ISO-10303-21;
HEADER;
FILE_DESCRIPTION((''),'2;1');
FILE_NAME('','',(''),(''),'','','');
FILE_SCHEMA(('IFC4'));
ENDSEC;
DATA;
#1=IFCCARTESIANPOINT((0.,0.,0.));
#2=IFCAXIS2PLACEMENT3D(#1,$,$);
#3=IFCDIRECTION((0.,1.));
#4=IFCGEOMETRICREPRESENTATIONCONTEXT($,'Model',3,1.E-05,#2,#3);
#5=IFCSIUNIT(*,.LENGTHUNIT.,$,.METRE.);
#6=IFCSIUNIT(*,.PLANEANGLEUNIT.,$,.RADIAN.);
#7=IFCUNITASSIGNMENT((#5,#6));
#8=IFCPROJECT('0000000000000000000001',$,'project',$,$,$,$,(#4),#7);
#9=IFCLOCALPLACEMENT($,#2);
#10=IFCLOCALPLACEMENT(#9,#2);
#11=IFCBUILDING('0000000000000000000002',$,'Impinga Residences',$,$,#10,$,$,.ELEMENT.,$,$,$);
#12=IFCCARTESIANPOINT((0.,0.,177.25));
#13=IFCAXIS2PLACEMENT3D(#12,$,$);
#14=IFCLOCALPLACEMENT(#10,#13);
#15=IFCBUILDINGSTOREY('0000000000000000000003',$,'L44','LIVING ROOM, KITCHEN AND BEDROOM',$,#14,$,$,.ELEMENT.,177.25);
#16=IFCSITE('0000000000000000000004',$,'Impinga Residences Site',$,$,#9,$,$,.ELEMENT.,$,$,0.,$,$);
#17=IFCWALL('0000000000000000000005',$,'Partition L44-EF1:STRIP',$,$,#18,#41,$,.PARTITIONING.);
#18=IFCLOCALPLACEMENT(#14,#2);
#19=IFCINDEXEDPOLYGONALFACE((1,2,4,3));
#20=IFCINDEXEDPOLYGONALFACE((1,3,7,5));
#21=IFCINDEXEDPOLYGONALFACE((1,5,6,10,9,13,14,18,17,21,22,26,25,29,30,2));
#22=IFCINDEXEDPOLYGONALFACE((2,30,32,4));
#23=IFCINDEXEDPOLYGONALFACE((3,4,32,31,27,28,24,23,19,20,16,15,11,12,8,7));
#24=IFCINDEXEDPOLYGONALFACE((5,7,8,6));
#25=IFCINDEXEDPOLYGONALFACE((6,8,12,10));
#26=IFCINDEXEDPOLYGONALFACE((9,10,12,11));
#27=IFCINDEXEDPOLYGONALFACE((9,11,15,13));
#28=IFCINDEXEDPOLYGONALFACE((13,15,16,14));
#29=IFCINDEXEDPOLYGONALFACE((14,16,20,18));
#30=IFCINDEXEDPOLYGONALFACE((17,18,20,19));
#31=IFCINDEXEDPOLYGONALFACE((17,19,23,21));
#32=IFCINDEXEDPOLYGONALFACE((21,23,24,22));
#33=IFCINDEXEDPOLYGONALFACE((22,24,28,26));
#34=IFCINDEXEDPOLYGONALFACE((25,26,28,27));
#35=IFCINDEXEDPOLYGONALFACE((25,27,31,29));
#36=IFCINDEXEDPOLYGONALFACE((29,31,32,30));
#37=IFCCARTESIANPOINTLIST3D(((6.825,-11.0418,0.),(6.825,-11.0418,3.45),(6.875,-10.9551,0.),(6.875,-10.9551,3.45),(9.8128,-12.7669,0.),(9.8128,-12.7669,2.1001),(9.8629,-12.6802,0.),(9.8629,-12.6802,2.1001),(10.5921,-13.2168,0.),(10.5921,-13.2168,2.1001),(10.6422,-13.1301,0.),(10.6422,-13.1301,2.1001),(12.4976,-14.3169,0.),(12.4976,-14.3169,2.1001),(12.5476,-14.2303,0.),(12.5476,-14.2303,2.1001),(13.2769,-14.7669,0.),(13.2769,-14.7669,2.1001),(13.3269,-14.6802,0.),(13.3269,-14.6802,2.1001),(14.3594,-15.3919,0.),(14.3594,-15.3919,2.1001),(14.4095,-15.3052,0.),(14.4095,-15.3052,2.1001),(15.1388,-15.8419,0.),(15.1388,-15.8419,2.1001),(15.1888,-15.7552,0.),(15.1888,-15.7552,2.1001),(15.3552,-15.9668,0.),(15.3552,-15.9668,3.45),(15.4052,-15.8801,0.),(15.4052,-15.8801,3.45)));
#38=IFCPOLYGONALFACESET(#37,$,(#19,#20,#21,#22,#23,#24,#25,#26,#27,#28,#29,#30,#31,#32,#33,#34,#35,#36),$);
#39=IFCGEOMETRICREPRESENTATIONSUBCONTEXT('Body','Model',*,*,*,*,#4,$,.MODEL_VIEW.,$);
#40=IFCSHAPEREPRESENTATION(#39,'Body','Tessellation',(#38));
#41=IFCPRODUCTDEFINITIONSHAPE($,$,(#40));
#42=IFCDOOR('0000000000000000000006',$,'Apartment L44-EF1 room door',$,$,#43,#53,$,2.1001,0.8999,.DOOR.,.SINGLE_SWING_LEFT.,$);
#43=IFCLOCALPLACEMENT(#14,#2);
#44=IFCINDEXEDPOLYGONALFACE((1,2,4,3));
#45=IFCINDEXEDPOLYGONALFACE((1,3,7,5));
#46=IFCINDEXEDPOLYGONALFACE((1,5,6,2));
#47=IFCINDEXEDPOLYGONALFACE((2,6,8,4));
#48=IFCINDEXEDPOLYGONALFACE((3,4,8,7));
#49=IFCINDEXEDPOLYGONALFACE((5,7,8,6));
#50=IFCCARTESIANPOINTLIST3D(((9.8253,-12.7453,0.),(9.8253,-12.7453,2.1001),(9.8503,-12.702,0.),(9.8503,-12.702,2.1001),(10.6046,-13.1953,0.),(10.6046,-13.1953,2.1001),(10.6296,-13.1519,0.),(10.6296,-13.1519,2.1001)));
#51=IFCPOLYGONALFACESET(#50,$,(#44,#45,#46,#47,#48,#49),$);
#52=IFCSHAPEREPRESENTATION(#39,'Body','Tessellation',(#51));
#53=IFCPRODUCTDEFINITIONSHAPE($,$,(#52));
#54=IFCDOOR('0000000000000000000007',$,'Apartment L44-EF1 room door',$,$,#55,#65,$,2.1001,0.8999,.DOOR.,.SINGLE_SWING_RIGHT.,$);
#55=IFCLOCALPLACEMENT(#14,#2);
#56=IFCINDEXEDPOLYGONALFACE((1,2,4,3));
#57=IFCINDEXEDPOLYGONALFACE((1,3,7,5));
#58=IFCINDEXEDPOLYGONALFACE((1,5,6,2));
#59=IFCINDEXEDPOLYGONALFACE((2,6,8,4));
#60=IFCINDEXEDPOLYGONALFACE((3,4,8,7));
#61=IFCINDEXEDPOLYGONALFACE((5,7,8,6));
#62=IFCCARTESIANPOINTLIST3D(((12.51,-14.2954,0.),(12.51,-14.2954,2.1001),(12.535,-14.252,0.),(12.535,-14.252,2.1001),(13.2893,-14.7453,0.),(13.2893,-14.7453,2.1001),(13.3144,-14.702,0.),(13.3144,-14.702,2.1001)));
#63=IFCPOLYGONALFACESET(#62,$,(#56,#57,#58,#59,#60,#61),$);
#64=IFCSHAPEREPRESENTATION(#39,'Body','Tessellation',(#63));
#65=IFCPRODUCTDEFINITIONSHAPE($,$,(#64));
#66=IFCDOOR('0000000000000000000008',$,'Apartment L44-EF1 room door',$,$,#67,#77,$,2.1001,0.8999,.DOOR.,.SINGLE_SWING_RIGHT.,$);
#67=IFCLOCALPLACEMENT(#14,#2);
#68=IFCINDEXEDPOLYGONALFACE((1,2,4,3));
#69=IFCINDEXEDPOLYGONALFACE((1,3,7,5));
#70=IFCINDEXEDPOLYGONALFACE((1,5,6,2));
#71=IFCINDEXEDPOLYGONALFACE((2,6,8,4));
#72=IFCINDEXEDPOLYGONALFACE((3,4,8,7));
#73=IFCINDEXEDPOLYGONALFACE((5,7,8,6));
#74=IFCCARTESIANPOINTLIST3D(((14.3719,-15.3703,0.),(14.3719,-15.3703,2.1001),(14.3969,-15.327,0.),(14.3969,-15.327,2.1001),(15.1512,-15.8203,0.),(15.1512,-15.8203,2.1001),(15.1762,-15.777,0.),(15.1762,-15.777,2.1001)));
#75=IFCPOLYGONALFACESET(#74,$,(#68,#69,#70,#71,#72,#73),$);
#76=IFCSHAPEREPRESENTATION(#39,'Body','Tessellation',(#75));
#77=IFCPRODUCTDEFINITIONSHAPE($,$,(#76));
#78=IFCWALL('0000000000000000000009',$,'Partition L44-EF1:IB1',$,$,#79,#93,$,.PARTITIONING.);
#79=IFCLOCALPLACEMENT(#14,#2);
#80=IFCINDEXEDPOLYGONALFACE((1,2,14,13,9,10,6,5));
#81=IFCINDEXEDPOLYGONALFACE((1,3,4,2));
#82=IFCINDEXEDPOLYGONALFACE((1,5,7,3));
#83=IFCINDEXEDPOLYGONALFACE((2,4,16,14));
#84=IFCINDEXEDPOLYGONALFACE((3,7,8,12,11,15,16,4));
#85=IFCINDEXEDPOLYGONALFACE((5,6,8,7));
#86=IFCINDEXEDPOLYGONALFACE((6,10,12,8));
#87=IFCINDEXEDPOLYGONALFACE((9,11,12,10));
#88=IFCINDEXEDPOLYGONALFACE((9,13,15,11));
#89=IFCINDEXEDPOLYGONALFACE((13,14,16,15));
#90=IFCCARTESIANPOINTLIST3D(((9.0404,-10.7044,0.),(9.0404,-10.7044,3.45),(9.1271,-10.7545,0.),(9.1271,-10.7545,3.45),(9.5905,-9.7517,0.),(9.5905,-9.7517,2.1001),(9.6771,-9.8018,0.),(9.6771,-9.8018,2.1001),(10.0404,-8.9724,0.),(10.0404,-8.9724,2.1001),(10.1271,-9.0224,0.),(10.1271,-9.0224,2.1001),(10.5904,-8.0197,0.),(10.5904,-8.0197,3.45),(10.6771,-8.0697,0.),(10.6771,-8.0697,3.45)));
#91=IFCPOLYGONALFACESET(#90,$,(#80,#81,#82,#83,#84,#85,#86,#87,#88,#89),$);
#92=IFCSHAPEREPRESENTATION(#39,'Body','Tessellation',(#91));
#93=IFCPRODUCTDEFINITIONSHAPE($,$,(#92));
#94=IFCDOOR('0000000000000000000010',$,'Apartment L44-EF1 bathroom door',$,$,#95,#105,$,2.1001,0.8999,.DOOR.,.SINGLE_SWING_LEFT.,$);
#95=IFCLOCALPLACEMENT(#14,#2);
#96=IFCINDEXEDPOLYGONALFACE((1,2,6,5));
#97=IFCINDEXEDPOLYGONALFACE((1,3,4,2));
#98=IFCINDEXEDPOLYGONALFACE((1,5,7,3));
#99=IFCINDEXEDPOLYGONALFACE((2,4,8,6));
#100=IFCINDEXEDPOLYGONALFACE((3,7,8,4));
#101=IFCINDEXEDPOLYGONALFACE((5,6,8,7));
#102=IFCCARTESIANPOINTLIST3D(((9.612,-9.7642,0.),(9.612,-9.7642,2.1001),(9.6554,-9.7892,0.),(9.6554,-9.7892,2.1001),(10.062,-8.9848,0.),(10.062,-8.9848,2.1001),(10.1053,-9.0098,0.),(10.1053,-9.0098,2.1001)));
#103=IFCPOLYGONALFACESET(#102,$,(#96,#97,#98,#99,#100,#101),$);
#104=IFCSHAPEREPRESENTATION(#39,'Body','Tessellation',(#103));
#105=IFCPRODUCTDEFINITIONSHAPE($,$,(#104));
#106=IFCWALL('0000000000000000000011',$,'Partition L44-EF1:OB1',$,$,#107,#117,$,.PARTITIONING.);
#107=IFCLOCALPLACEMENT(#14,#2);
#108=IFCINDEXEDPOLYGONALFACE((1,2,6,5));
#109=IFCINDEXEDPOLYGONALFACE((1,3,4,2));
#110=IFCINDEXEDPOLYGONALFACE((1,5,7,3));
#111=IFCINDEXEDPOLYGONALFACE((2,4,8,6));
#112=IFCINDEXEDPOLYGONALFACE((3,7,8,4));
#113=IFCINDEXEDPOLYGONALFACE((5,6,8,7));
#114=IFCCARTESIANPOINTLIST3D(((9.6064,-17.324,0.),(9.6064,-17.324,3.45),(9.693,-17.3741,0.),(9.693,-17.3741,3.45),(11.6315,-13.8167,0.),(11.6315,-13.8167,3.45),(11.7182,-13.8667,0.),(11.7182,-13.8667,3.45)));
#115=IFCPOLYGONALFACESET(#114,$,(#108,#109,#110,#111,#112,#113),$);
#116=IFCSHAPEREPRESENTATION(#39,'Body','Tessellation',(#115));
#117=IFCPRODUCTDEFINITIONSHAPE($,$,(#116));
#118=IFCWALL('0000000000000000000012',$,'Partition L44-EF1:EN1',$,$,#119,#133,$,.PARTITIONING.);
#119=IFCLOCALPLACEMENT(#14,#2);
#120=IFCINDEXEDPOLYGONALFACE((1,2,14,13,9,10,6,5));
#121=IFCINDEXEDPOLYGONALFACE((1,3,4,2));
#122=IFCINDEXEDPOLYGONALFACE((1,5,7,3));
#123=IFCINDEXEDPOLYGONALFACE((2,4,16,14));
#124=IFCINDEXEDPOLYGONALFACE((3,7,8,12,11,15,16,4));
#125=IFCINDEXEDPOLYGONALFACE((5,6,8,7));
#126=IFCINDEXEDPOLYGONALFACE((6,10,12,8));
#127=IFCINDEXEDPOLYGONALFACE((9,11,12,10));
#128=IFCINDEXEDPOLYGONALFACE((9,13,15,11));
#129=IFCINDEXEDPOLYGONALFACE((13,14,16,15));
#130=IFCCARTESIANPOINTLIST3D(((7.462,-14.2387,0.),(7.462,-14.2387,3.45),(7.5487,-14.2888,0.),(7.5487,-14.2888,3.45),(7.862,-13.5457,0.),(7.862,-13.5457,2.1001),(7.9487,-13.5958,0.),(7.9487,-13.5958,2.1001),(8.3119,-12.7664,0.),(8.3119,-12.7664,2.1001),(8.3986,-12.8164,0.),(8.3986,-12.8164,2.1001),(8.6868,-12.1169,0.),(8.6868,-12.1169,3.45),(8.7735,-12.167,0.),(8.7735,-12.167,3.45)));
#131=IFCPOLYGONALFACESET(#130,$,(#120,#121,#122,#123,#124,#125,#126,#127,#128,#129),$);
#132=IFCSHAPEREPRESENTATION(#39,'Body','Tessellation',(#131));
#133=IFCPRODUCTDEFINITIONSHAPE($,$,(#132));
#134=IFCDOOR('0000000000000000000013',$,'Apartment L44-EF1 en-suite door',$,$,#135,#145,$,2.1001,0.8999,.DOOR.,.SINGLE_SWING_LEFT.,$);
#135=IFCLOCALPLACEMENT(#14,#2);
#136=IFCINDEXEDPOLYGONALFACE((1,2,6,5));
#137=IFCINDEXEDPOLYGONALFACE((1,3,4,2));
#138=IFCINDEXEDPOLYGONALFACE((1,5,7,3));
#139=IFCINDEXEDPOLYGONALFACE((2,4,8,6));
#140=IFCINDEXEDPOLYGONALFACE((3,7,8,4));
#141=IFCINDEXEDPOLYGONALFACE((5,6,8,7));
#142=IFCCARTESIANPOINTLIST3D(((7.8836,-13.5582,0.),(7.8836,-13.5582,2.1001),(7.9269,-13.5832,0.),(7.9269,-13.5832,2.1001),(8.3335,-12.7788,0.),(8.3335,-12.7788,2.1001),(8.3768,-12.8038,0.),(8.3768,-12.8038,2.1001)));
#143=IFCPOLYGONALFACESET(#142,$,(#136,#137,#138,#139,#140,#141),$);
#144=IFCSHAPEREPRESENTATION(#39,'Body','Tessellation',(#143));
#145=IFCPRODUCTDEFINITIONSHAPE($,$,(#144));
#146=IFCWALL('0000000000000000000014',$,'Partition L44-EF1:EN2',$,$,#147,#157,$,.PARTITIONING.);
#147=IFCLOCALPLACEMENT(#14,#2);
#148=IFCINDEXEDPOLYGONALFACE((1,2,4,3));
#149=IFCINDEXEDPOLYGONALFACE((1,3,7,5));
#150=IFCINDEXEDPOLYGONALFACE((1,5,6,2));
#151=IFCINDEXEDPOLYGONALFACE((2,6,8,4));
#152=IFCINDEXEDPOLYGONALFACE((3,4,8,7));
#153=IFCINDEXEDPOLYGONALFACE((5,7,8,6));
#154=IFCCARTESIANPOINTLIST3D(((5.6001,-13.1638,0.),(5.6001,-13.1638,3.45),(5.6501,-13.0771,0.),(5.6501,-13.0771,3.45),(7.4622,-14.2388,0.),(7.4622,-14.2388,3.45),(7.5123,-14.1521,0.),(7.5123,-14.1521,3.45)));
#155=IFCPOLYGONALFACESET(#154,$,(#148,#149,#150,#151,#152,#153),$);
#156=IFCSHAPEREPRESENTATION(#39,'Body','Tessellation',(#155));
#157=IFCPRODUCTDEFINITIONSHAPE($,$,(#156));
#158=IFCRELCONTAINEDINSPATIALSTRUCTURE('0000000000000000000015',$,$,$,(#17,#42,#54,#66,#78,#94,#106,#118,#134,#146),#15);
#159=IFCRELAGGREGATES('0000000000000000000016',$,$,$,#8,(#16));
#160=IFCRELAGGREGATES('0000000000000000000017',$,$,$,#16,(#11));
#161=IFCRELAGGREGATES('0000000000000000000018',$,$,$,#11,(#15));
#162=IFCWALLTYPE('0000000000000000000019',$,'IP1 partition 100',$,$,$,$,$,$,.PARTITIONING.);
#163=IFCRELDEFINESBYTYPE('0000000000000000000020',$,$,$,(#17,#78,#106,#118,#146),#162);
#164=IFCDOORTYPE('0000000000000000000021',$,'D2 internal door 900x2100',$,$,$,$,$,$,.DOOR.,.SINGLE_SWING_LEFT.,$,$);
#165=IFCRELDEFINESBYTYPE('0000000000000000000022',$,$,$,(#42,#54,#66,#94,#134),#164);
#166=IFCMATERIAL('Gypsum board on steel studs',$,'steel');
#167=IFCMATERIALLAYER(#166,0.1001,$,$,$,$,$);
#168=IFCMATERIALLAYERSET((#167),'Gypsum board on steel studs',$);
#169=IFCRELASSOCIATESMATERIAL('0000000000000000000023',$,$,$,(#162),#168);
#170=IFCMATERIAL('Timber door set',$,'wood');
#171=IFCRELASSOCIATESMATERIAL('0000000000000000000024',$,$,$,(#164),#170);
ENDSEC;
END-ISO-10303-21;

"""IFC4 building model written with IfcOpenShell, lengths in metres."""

from ifc_helpers import new_model, si_unit, direction, frame, frame_2d, origin, place, context, subcontext, project, spatial, rectangle, extrude, material, layer, layer_set, type_object, element, fill, save


model = new_model("IFC4")

# Units and contexts
model_context = context("Model", 3, precision=1e-05, world=origin(), true_north=direction((0.0, 1.0)))
body_context = subcontext(model_context, "Body", "Model", "MODEL_VIEW")
ifc_project = project(units=[si_unit("LENGTHUNIT", "METRE"), si_unit("PLANEANGLEUNIT", "RADIAN")], contexts=[model_context])

# Site, building, storey
site_placement = place(None, origin())
site = spatial("IfcSite", under=ifc_project, at=site_placement, Name="Impinga Residences Site", CompositionType="ELEMENT", RefElevation=0.0)
building_placement = place(site_placement, origin())
building = spatial("IfcBuilding", under=site, at=building_placement, Name="Impinga Residences", CompositionType="ELEMENT")
storey_placement = place(building_placement, frame((0.0, 0.0, 177.25)))
storey = spatial("IfcBuildingStorey", under=building, at=storey_placement, Name="L44", Description="LIVING ROOM, KITCHEN AND BEDROOM", CompositionType="ELEMENT", Elevation=177.25)

# Shared definitions
ifc_material_1 = material(Name="Timber door set", Category="wood")

# Shared definitions
ifc_material_2 = material(Name="Gypsum board on steel studs", Category="steel")
ifc_layer_1 = layer(ifc_material_2, 0.1001)
ifc_layer_set_1 = layer_set([ifc_layer_1], Name="Gypsum board on steel studs")
wall_type_1 = type_object("IfcWallType", Name="IP1 partition 100", PredefinedType="PARTITIONING", material=ifc_layer_set_1)
door_type_1 = type_object("IfcDoorType", Name="D2 internal door 900x2100", OperationType="SINGLE_SWING_LEFT", PredefinedType="DOOR", material=ifc_material_1)

# Wall, openings, doors
wall_1_placement = place(storey_placement, frame((6.8501, -10.9985, 0.0), z_axis=(0.0, 0.0, 1.0), x_axis=(0.866021, -0.500007, 0.0)))
wall_1 = element("IfcWall", 1, at=wall_1_placement, inside=storey, type_object=wall_type_1, Name="Partition L44-EF1:STRIP", PredefinedType="PARTITIONING", context=body_context, shape_type="SweptSolid", body=[
    extrude(rectangle(XDim=9.8499, YDim=0.1001, at=frame_2d((4.9248, 0.0))), origin(), (0.0, 0.0, 1.0), 3.45),
])
opening_1_placement = place(wall_1_placement, frame((3.45, 0.0, 0.0)))
opening_1 = element("IfcOpeningElement", 2, at=opening_1_placement, cuts=wall_1, PredefinedType="OPENING", context=body_context, shape_type="SweptSolid", body=[
    extrude(rectangle(XDim=0.8999, YDim=2.1001, at=frame_2d((0.45, 1.05))), frame((0.0, 0.0601, 0.0), z_axis=(0.0, -1.0, 0.0), x_axis=(1.0, 0.0, 0.0)), (0.0, 0.0, 1.0), 0.1201),
])
opening_2_placement = place(wall_1_placement, frame((6.55, 0.0, 0.0)))
opening_2 = element("IfcOpeningElement", 3, at=opening_2_placement, cuts=wall_1, PredefinedType="OPENING", context=body_context, shape_type="SweptSolid", body=[
    extrude(rectangle(XDim=0.8999, YDim=2.1001, at=frame_2d((0.45, 1.05))), frame((0.0, 0.0601, 0.0), z_axis=(0.0, -1.0, 0.0), x_axis=(1.0, 0.0, 0.0)), (0.0, 0.0, 1.0), 0.1201),
])
opening_3_placement = place(wall_1_placement, frame((8.7, 0.0, 0.0)))
opening_3 = element("IfcOpeningElement", 4, at=opening_3_placement, cuts=wall_1, PredefinedType="OPENING", context=body_context, shape_type="SweptSolid", body=[
    extrude(rectangle(XDim=0.8999, YDim=2.1001, at=frame_2d((0.45, 1.05))), frame((0.0, 0.0601, 0.0), z_axis=(0.0, -1.0, 0.0), x_axis=(1.0, 0.0, 0.0)), (0.0, 0.0, 1.0), 0.1201),
])
door_1_placement = place(opening_1_placement, origin())
door_1 = element("IfcDoor", 5, at=door_1_placement, inside=storey, type_object=door_type_1, Name="Apartment L44-EF1 room door", OperationType="SINGLE_SWING_LEFT", OverallHeight=2.1001, OverallWidth=0.8999, PredefinedType="DOOR", context=body_context, shape_type="SweptSolid", body=[
    extrude(rectangle(XDim=0.8999, YDim=2.1001, at=frame_2d((0.45, 1.05))), frame((0.0, 0.0249, 0.0), z_axis=(0.0, -1.0, 0.0), x_axis=(1.0, 0.0, 0.0)), (0.0, 0.0, 1.0), 0.05),
])
fill(opening_1, door_1)
door_2_placement = place(opening_2_placement, origin())
door_2 = element("IfcDoor", 6, at=door_2_placement, inside=storey, type_object=door_type_1, Name="Apartment L44-EF1 room door", OperationType="SINGLE_SWING_RIGHT", OverallHeight=2.1001, OverallWidth=0.8999, PredefinedType="DOOR", context=body_context, shape_type="SweptSolid", body=[
    extrude(rectangle(XDim=0.8999, YDim=2.1001, at=frame_2d((0.45, 1.05))), frame((0.0, 0.0249, 0.0), z_axis=(0.0, -1.0, 0.0), x_axis=(1.0, 0.0, 0.0)), (0.0, 0.0, 1.0), 0.05),
])
fill(opening_2, door_2)
door_3_placement = place(opening_3_placement, origin())
door_3 = element("IfcDoor", 7, at=door_3_placement, inside=storey, type_object=door_type_1, Name="Apartment L44-EF1 room door", OperationType="SINGLE_SWING_RIGHT", OverallHeight=2.1001, OverallWidth=0.8999, PredefinedType="DOOR", context=body_context, shape_type="SweptSolid", body=[
    extrude(rectangle(XDim=0.8999, YDim=2.1001, at=frame_2d((0.45, 1.05))), frame((0.0, 0.0249, 0.0), z_axis=(0.0, -1.0, 0.0), x_axis=(1.0, 0.0, 0.0)), (0.0, 0.0, 1.0), 0.05),
])
fill(opening_3, door_3)

# Wall, opening, door
wall_2_placement = place(storey_placement, frame((10.6338, -8.0447, 0.0), z_axis=(0.0, 0.0, 1.0), x_axis=(-0.499993, -0.86603, 0.0)))
wall_2 = element("IfcWall", 8, at=wall_2_placement, inside=storey, type_object=wall_type_1, Name="Partition L44-EF1:IB1", PredefinedType="PARTITIONING", context=body_context, shape_type="SweptSolid", body=[
    extrude(rectangle(XDim=3.1001, YDim=0.1001, at=frame_2d((1.55, 0.0))), origin(), (0.0, 0.0, 1.0), 3.45),
])
opening_4_placement = place(wall_2_placement, frame((1.1001, 0.0, 0.0)))
opening_4 = element("IfcOpeningElement", 9, at=opening_4_placement, cuts=wall_2, PredefinedType="OPENING", context=body_context, shape_type="SweptSolid", body=[
    extrude(rectangle(XDim=0.8999, YDim=2.1001, at=frame_2d((0.45, 1.05))), frame((0.0, 0.0601, 0.0), z_axis=(0.0, -1.0, 0.0), x_axis=(1.0, 0.0, 0.0)), (0.0, 0.0, 1.0), 0.1201),
])
door_4_placement = place(opening_4_placement, origin())
door_4 = element("IfcDoor", 10, at=door_4_placement, inside=storey, type_object=door_type_1, Name="Apartment L44-EF1 bathroom door", OperationType="SINGLE_SWING_LEFT", OverallHeight=2.1001, OverallWidth=0.8999, PredefinedType="DOOR", context=body_context, shape_type="SweptSolid", body=[
    extrude(rectangle(XDim=0.8999, YDim=2.1001, at=frame_2d((0.45, 1.05))), frame((0.0, 0.0249, 0.0), z_axis=(0.0, -1.0, 0.0), x_axis=(1.0, 0.0, 0.0)), (0.0, 0.0, 1.0), 0.05),
])
fill(opening_4, door_4)

# Wall
wall_3_placement = place(storey_placement, frame((11.6748, -13.8418, 0.0), z_axis=(0.0, 0.0, 1.0), x_axis=(-0.500036, -0.866005, 0.0)))
element("IfcWall", 11, at=wall_3_placement, inside=storey, type_object=wall_type_1, Name="Partition L44-EF1:OB1", PredefinedType="PARTITIONING", context=body_context, shape_type="SweptSolid", body=[
    extrude(rectangle(XDim=4.05, YDim=0.1001, at=frame_2d((2.0249, 0.0))), origin(), (0.0, 0.0, 1.0), 3.45),
])

# Wall, opening, door
wall_4_placement = place(storey_placement, frame((8.7302, -12.1418, 0.0), z_axis=(0.0, 0.0, 1.0), x_axis=(-0.499944, -0.866058, 0.0)))
wall_4 = element("IfcWall", 12, at=wall_4_placement, inside=storey, type_object=wall_type_1, Name="Partition L44-EF1:EN1", PredefinedType="PARTITIONING", context=body_context, shape_type="SweptSolid", body=[
    extrude(rectangle(XDim=2.45, YDim=0.1001, at=frame_2d((1.2251, 0.0))), origin(), (0.0, 0.0, 1.0), 3.45),
])
opening_5_placement = place(wall_4_placement, frame((0.75, 0.0, 0.0)))
opening_5 = element("IfcOpeningElement", 13, at=opening_5_placement, cuts=wall_4, PredefinedType="OPENING", context=body_context, shape_type="SweptSolid", body=[
    extrude(rectangle(XDim=0.8999, YDim=2.1001, at=frame_2d((0.45, 1.05))), frame((0.0, 0.0601, 0.0), z_axis=(0.0, -1.0, 0.0), x_axis=(1.0, 0.0, 0.0)), (0.0, 0.0, 1.0), 0.1201),
])
door_5_placement = place(opening_5_placement, origin())
door_5 = element("IfcDoor", 14, at=door_5_placement, inside=storey, type_object=door_type_1, Name="Apartment L44-EF1 en-suite door", OperationType="SINGLE_SWING_LEFT", OverallHeight=2.1001, OverallWidth=0.8999, PredefinedType="DOOR", context=body_context, shape_type="SweptSolid", body=[
    extrude(rectangle(XDim=0.8999, YDim=2.1001, at=frame_2d((0.45, 1.05))), frame((0.0, 0.0249, 0.0), z_axis=(0.0, -1.0, 0.0), x_axis=(1.0, 0.0, 0.0)), (0.0, 0.0, 1.0), 0.05),
])
fill(opening_5, door_5)

# Wall
wall_5_placement = place(storey_placement, frame((5.625, -13.1204, 0.0), z_axis=(0.0, 0.0, 1.0), x_axis=(0.866048, -0.499962, 0.0)))
element("IfcWall", 15, at=wall_5_placement, inside=storey, type_object=wall_type_1, Name="Partition L44-EF1:EN2", PredefinedType="PARTITIONING", context=body_context, shape_type="SweptSolid", body=[
    extrude(rectangle(XDim=2.1501, YDim=0.1001, at=frame_2d((1.0752, 0.0))), origin(), (0.0, 0.0, 1.0), 3.45),
])

save(model, "model.ifc")
